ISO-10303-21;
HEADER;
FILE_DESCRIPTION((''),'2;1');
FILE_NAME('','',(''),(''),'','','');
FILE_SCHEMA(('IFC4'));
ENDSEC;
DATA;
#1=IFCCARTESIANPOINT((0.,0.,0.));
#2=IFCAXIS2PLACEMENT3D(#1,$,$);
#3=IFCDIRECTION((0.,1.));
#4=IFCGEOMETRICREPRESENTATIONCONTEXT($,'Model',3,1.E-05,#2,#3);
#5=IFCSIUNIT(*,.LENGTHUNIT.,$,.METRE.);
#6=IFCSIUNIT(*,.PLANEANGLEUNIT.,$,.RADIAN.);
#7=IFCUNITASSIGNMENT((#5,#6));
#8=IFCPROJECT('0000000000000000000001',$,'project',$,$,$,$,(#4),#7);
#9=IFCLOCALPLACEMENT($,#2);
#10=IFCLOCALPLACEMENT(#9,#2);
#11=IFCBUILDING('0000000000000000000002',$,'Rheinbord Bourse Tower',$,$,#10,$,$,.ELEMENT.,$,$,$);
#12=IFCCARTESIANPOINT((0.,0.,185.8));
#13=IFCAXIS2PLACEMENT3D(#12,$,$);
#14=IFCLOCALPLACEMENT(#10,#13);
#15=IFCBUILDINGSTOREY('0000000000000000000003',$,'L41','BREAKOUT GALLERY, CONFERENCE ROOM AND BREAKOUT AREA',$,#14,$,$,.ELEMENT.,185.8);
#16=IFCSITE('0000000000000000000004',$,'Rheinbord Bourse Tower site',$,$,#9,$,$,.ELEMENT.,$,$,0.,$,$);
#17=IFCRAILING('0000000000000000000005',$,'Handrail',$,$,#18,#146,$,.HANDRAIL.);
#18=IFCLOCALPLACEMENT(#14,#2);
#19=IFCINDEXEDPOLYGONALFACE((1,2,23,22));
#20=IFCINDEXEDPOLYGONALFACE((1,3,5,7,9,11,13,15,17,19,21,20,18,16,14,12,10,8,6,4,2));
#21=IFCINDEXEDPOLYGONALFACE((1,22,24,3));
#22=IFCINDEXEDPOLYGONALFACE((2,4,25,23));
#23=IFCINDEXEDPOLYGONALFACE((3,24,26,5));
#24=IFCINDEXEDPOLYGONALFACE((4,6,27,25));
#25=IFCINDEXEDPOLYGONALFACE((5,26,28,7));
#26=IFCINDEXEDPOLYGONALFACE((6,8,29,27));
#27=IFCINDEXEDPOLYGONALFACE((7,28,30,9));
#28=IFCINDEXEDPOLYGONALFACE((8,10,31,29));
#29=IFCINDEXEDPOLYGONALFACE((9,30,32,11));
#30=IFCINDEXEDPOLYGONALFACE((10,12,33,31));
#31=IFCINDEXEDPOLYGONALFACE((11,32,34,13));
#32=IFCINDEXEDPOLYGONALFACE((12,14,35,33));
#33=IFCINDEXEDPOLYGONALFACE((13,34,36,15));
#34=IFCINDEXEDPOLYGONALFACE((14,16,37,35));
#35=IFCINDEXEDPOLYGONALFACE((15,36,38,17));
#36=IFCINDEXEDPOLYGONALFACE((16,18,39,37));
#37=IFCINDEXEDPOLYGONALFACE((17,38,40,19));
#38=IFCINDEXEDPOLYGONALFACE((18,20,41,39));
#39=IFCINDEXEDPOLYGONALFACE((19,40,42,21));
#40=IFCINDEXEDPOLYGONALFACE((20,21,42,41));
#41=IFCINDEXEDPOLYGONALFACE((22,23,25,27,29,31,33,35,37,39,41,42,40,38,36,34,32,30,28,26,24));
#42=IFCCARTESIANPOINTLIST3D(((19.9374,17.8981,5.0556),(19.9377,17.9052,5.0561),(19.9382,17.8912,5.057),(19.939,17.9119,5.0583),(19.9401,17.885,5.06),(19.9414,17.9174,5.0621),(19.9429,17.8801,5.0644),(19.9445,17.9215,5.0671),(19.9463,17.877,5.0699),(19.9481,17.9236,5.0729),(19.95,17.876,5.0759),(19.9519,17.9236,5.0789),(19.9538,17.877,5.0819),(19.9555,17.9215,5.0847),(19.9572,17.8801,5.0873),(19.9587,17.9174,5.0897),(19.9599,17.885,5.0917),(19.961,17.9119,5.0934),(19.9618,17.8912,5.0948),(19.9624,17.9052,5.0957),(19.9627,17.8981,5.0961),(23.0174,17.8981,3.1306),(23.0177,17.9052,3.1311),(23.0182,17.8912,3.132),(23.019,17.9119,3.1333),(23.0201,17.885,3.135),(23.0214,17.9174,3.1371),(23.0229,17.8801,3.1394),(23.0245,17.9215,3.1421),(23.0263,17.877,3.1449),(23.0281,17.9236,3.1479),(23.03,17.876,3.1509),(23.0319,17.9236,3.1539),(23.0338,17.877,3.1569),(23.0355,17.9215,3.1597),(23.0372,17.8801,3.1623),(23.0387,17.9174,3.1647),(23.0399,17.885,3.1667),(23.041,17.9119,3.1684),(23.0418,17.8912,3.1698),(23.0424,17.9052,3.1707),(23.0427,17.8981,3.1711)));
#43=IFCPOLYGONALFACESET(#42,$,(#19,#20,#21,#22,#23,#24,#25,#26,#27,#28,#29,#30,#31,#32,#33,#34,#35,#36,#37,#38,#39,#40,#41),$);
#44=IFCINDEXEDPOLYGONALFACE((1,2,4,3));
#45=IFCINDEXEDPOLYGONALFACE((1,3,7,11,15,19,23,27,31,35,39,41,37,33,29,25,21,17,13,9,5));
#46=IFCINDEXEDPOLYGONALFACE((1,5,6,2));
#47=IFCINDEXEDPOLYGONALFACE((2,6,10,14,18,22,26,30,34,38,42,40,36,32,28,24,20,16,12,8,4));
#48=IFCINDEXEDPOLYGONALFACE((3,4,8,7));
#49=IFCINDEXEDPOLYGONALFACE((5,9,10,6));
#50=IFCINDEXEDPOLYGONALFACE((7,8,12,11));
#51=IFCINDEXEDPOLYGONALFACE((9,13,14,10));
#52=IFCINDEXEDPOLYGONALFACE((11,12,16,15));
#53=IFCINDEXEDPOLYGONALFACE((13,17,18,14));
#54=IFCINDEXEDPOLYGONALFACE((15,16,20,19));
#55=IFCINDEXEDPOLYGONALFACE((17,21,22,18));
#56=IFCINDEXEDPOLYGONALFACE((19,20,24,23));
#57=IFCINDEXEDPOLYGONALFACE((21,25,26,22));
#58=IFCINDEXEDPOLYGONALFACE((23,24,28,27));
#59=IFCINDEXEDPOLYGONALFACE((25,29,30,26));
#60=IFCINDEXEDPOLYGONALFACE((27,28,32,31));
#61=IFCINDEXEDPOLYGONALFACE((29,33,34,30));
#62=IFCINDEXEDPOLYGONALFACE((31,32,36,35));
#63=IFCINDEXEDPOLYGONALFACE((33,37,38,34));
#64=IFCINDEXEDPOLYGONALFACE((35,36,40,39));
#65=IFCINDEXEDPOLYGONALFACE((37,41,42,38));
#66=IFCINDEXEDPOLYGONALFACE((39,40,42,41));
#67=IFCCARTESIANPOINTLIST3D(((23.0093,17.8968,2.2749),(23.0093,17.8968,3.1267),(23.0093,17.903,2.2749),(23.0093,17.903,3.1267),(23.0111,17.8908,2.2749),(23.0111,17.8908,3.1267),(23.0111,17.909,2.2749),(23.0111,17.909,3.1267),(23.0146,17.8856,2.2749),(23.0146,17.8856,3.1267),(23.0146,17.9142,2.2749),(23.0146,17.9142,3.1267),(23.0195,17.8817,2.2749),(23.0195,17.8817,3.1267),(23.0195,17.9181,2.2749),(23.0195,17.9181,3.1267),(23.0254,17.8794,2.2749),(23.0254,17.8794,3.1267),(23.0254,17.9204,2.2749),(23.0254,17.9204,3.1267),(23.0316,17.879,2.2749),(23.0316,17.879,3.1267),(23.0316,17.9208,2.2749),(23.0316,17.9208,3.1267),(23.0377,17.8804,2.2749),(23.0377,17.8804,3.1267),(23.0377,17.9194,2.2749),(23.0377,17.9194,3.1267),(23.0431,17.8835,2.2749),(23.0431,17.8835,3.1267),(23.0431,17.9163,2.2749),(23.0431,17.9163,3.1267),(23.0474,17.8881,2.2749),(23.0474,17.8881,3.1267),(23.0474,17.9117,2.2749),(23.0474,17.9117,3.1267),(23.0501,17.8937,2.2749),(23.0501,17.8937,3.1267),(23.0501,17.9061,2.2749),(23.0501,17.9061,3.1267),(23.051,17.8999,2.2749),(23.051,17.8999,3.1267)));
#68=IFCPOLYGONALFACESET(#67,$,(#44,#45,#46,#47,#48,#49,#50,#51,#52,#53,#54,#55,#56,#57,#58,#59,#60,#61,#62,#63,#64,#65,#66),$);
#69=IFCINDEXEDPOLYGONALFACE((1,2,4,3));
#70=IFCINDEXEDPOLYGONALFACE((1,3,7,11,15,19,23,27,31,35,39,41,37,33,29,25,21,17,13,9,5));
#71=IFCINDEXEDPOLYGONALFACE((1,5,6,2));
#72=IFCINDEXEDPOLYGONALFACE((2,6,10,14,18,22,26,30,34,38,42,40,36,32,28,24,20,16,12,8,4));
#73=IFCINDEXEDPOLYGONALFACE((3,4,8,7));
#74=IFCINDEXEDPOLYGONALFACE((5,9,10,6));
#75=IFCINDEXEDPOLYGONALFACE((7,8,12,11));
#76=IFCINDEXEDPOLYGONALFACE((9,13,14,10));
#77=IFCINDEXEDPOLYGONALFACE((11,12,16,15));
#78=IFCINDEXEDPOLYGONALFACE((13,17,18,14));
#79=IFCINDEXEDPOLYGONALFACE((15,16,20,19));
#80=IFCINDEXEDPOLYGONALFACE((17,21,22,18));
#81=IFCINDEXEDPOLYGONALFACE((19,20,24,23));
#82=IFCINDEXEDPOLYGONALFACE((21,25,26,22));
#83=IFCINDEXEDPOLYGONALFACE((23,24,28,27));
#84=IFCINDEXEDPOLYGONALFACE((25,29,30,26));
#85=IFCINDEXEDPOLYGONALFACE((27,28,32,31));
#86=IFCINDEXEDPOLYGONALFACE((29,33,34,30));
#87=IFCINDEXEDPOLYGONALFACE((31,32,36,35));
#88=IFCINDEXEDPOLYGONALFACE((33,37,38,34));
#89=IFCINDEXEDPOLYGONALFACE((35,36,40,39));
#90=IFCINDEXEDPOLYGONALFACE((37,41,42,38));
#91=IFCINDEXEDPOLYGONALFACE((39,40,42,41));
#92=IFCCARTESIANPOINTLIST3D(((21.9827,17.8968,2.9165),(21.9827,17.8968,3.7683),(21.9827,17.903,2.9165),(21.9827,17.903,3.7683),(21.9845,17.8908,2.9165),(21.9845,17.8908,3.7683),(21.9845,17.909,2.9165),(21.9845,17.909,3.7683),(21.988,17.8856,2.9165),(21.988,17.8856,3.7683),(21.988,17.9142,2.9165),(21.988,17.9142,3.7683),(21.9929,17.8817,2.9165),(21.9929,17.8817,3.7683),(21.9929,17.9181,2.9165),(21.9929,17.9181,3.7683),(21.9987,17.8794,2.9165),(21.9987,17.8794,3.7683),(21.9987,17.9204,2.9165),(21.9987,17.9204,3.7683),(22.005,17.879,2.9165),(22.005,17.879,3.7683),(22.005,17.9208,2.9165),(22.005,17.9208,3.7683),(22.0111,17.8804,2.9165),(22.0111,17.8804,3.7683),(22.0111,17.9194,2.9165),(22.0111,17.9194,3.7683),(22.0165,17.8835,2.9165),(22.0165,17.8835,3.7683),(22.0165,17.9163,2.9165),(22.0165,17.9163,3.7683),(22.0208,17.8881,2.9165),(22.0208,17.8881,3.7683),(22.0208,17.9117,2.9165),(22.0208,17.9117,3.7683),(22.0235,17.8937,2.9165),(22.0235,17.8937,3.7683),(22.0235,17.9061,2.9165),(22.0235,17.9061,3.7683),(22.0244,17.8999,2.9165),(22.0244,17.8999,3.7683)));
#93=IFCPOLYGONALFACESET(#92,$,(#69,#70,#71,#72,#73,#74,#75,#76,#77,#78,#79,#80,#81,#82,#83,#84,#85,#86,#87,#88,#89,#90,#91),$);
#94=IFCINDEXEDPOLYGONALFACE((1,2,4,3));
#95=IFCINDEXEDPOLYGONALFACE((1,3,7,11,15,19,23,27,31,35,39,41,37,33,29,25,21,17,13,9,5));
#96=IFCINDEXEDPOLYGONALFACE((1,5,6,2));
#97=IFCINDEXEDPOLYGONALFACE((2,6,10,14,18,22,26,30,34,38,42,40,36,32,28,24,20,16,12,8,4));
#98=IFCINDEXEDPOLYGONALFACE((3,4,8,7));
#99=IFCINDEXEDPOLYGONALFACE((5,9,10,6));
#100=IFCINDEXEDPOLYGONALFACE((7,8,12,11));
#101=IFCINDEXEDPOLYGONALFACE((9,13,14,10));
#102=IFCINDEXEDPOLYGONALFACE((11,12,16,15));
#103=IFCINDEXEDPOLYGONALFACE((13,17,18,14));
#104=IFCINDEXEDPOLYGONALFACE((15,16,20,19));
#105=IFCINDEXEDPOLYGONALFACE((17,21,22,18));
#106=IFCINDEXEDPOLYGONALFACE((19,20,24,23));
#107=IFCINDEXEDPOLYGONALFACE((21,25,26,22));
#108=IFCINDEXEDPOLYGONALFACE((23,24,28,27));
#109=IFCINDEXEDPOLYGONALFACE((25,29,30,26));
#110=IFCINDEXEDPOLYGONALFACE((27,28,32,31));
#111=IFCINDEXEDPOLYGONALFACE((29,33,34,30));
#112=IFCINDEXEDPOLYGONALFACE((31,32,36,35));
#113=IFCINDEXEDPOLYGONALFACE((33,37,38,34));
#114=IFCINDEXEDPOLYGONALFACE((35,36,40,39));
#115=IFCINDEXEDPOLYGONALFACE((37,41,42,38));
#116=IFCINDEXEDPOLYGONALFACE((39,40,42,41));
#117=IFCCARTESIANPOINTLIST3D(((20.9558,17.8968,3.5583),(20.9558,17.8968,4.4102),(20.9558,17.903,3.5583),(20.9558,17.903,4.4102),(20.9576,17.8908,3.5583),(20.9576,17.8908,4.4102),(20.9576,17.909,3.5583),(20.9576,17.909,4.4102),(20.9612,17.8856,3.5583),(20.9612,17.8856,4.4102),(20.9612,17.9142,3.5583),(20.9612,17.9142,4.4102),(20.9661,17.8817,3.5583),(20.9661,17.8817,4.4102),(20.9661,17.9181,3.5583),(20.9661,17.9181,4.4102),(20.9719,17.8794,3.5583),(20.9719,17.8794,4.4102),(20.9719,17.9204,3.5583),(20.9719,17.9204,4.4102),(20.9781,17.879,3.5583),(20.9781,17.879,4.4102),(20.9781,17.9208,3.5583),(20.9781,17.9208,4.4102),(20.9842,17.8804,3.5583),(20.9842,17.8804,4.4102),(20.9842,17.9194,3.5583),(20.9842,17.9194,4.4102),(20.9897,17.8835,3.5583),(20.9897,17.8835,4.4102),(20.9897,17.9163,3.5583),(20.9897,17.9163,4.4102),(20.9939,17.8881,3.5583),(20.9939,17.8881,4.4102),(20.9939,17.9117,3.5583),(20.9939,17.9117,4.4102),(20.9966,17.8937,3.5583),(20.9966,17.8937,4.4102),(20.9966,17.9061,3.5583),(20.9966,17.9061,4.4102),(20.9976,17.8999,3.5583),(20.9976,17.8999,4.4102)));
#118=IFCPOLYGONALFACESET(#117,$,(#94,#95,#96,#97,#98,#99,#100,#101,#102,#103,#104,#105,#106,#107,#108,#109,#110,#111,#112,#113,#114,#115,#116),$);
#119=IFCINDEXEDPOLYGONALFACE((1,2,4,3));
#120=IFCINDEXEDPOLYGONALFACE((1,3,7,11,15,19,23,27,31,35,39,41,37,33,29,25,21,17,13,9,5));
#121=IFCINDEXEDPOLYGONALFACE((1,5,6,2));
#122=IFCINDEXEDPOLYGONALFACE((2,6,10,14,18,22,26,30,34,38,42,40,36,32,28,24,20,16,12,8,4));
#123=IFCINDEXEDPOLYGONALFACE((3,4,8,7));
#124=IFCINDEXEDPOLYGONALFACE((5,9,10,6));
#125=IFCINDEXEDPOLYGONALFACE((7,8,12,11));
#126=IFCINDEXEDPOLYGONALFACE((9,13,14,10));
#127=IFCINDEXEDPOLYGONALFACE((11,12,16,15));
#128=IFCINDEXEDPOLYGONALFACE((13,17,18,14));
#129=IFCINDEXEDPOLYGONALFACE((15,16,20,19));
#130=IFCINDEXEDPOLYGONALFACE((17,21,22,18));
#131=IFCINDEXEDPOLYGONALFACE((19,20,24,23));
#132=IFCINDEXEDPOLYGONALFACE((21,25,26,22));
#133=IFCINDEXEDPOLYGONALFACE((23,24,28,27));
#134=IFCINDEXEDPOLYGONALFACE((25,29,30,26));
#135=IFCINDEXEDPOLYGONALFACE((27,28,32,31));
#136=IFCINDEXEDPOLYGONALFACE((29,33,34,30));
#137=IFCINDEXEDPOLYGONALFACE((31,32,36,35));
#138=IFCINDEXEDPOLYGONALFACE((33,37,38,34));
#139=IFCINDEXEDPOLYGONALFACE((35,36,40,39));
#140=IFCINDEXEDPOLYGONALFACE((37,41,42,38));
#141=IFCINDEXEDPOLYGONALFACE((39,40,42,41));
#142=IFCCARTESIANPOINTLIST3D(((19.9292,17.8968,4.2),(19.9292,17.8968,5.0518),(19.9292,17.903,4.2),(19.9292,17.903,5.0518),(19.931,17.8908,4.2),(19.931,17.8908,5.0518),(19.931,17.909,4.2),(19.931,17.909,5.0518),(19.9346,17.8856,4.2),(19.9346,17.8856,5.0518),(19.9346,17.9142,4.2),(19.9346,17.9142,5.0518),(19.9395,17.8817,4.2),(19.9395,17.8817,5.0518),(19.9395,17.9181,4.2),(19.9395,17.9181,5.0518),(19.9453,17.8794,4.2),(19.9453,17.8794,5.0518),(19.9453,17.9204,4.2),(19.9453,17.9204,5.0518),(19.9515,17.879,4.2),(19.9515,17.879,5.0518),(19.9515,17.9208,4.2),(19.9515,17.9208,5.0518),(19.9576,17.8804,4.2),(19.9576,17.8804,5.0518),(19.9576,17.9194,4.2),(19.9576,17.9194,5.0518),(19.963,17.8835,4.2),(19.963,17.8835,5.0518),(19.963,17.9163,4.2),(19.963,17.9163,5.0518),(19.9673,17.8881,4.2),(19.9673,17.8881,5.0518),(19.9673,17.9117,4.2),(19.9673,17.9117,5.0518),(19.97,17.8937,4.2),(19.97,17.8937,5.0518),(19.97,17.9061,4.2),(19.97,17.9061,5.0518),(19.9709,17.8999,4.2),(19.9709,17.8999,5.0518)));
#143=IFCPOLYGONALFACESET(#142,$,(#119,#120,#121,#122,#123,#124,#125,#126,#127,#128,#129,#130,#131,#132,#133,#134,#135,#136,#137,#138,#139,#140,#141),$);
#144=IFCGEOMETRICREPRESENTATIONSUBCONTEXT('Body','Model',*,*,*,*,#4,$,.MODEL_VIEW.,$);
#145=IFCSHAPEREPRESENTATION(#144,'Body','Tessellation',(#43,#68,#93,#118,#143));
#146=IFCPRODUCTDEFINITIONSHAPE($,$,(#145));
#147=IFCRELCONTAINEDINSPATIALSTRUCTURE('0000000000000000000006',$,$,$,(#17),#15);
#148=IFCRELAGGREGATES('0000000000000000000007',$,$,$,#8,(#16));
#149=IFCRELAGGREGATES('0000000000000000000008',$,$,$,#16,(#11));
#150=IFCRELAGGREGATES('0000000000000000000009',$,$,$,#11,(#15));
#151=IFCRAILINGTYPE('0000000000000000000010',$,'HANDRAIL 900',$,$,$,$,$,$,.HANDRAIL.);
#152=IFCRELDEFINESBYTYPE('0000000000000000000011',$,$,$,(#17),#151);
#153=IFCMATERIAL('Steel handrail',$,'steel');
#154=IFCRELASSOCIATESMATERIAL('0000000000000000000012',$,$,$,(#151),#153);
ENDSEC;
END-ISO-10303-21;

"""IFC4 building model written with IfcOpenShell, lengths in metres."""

from ifc_helpers import new_model, si_unit, direction, frame, origin, origin_2d, place, context, subcontext, project, spatial, circle, extrude, material, type_object, element, save


model = new_model("IFC4")

# Units and contexts
model_context = context("Model", 3, precision=1e-05, world=origin(), true_north=direction((0.0, 1.0)))
body_context = subcontext(model_context, "Body", "Model", "MODEL_VIEW")
ifc_project = project(units=[si_unit("LENGTHUNIT", "METRE"), si_unit("PLANEANGLEUNIT", "RADIAN")], contexts=[model_context])

# Site, building, storey
site_placement = place(None, origin())
site = spatial("IfcSite", under=ifc_project, at=site_placement, Name="Rheinbord Bourse Tower site", CompositionType="ELEMENT", RefElevation=0.0)
building_placement = place(site_placement, origin())
building = spatial("IfcBuilding", under=site, at=building_placement, Name="Rheinbord Bourse Tower", CompositionType="ELEMENT")
storey_placement = place(building_placement, frame((0.0, 0.0, 185.8)))
storey = spatial("IfcBuildingStorey", under=building, at=storey_placement, Name="L41", Description="BREAKOUT GALLERY, CONFERENCE ROOM AND BREAKOUT AREA", CompositionType="ELEMENT", Elevation=185.8)

# Railing
ifc_material_1 = material(Name="Steel handrail", Category="steel")
railing_type = type_object("IfcRailingType", Name="HANDRAIL 900", PredefinedType="HANDRAIL", material=ifc_material_1)
railing_1_placement = place(storey_placement, frame((23.03, 17.8999, 2.2749)))
element("IfcRailing", 1, at=railing_1_placement, inside=storey, type_object=railing_type, Name="Handrail", PredefinedType="HANDRAIL", context=body_context, shape_type="SweptSolid", body=[
    extrude(circle(Radius=0.0239, at=origin_2d()), frame((0.0, 0.0, 0.876), z_axis=(-0.847998, 0.0, 0.529999), x_axis=(0.0, -1.0, 0.0)), (0.0, 0.0, 1.0), 3.6321),
    extrude(circle(Radius=0.021, at=origin_2d()), origin(), (0.0, 0.0, 1.0), 0.8518),
    extrude(circle(Radius=0.021, at=origin_2d()), frame((-1.0266, 0.0, 0.6416)), (0.0, 0.0, 1.0), 0.8518),
    extrude(circle(Radius=0.021, at=origin_2d()), frame((-2.0535, 0.0, 1.2834)), (0.0, 0.0, 1.0), 0.8518),
    extrude(circle(Radius=0.021, at=origin_2d()), frame((-3.0801, 0.0, 1.925)), (0.0, 0.0, 1.0), 0.8518),
])

save(model, "model.ifc")
